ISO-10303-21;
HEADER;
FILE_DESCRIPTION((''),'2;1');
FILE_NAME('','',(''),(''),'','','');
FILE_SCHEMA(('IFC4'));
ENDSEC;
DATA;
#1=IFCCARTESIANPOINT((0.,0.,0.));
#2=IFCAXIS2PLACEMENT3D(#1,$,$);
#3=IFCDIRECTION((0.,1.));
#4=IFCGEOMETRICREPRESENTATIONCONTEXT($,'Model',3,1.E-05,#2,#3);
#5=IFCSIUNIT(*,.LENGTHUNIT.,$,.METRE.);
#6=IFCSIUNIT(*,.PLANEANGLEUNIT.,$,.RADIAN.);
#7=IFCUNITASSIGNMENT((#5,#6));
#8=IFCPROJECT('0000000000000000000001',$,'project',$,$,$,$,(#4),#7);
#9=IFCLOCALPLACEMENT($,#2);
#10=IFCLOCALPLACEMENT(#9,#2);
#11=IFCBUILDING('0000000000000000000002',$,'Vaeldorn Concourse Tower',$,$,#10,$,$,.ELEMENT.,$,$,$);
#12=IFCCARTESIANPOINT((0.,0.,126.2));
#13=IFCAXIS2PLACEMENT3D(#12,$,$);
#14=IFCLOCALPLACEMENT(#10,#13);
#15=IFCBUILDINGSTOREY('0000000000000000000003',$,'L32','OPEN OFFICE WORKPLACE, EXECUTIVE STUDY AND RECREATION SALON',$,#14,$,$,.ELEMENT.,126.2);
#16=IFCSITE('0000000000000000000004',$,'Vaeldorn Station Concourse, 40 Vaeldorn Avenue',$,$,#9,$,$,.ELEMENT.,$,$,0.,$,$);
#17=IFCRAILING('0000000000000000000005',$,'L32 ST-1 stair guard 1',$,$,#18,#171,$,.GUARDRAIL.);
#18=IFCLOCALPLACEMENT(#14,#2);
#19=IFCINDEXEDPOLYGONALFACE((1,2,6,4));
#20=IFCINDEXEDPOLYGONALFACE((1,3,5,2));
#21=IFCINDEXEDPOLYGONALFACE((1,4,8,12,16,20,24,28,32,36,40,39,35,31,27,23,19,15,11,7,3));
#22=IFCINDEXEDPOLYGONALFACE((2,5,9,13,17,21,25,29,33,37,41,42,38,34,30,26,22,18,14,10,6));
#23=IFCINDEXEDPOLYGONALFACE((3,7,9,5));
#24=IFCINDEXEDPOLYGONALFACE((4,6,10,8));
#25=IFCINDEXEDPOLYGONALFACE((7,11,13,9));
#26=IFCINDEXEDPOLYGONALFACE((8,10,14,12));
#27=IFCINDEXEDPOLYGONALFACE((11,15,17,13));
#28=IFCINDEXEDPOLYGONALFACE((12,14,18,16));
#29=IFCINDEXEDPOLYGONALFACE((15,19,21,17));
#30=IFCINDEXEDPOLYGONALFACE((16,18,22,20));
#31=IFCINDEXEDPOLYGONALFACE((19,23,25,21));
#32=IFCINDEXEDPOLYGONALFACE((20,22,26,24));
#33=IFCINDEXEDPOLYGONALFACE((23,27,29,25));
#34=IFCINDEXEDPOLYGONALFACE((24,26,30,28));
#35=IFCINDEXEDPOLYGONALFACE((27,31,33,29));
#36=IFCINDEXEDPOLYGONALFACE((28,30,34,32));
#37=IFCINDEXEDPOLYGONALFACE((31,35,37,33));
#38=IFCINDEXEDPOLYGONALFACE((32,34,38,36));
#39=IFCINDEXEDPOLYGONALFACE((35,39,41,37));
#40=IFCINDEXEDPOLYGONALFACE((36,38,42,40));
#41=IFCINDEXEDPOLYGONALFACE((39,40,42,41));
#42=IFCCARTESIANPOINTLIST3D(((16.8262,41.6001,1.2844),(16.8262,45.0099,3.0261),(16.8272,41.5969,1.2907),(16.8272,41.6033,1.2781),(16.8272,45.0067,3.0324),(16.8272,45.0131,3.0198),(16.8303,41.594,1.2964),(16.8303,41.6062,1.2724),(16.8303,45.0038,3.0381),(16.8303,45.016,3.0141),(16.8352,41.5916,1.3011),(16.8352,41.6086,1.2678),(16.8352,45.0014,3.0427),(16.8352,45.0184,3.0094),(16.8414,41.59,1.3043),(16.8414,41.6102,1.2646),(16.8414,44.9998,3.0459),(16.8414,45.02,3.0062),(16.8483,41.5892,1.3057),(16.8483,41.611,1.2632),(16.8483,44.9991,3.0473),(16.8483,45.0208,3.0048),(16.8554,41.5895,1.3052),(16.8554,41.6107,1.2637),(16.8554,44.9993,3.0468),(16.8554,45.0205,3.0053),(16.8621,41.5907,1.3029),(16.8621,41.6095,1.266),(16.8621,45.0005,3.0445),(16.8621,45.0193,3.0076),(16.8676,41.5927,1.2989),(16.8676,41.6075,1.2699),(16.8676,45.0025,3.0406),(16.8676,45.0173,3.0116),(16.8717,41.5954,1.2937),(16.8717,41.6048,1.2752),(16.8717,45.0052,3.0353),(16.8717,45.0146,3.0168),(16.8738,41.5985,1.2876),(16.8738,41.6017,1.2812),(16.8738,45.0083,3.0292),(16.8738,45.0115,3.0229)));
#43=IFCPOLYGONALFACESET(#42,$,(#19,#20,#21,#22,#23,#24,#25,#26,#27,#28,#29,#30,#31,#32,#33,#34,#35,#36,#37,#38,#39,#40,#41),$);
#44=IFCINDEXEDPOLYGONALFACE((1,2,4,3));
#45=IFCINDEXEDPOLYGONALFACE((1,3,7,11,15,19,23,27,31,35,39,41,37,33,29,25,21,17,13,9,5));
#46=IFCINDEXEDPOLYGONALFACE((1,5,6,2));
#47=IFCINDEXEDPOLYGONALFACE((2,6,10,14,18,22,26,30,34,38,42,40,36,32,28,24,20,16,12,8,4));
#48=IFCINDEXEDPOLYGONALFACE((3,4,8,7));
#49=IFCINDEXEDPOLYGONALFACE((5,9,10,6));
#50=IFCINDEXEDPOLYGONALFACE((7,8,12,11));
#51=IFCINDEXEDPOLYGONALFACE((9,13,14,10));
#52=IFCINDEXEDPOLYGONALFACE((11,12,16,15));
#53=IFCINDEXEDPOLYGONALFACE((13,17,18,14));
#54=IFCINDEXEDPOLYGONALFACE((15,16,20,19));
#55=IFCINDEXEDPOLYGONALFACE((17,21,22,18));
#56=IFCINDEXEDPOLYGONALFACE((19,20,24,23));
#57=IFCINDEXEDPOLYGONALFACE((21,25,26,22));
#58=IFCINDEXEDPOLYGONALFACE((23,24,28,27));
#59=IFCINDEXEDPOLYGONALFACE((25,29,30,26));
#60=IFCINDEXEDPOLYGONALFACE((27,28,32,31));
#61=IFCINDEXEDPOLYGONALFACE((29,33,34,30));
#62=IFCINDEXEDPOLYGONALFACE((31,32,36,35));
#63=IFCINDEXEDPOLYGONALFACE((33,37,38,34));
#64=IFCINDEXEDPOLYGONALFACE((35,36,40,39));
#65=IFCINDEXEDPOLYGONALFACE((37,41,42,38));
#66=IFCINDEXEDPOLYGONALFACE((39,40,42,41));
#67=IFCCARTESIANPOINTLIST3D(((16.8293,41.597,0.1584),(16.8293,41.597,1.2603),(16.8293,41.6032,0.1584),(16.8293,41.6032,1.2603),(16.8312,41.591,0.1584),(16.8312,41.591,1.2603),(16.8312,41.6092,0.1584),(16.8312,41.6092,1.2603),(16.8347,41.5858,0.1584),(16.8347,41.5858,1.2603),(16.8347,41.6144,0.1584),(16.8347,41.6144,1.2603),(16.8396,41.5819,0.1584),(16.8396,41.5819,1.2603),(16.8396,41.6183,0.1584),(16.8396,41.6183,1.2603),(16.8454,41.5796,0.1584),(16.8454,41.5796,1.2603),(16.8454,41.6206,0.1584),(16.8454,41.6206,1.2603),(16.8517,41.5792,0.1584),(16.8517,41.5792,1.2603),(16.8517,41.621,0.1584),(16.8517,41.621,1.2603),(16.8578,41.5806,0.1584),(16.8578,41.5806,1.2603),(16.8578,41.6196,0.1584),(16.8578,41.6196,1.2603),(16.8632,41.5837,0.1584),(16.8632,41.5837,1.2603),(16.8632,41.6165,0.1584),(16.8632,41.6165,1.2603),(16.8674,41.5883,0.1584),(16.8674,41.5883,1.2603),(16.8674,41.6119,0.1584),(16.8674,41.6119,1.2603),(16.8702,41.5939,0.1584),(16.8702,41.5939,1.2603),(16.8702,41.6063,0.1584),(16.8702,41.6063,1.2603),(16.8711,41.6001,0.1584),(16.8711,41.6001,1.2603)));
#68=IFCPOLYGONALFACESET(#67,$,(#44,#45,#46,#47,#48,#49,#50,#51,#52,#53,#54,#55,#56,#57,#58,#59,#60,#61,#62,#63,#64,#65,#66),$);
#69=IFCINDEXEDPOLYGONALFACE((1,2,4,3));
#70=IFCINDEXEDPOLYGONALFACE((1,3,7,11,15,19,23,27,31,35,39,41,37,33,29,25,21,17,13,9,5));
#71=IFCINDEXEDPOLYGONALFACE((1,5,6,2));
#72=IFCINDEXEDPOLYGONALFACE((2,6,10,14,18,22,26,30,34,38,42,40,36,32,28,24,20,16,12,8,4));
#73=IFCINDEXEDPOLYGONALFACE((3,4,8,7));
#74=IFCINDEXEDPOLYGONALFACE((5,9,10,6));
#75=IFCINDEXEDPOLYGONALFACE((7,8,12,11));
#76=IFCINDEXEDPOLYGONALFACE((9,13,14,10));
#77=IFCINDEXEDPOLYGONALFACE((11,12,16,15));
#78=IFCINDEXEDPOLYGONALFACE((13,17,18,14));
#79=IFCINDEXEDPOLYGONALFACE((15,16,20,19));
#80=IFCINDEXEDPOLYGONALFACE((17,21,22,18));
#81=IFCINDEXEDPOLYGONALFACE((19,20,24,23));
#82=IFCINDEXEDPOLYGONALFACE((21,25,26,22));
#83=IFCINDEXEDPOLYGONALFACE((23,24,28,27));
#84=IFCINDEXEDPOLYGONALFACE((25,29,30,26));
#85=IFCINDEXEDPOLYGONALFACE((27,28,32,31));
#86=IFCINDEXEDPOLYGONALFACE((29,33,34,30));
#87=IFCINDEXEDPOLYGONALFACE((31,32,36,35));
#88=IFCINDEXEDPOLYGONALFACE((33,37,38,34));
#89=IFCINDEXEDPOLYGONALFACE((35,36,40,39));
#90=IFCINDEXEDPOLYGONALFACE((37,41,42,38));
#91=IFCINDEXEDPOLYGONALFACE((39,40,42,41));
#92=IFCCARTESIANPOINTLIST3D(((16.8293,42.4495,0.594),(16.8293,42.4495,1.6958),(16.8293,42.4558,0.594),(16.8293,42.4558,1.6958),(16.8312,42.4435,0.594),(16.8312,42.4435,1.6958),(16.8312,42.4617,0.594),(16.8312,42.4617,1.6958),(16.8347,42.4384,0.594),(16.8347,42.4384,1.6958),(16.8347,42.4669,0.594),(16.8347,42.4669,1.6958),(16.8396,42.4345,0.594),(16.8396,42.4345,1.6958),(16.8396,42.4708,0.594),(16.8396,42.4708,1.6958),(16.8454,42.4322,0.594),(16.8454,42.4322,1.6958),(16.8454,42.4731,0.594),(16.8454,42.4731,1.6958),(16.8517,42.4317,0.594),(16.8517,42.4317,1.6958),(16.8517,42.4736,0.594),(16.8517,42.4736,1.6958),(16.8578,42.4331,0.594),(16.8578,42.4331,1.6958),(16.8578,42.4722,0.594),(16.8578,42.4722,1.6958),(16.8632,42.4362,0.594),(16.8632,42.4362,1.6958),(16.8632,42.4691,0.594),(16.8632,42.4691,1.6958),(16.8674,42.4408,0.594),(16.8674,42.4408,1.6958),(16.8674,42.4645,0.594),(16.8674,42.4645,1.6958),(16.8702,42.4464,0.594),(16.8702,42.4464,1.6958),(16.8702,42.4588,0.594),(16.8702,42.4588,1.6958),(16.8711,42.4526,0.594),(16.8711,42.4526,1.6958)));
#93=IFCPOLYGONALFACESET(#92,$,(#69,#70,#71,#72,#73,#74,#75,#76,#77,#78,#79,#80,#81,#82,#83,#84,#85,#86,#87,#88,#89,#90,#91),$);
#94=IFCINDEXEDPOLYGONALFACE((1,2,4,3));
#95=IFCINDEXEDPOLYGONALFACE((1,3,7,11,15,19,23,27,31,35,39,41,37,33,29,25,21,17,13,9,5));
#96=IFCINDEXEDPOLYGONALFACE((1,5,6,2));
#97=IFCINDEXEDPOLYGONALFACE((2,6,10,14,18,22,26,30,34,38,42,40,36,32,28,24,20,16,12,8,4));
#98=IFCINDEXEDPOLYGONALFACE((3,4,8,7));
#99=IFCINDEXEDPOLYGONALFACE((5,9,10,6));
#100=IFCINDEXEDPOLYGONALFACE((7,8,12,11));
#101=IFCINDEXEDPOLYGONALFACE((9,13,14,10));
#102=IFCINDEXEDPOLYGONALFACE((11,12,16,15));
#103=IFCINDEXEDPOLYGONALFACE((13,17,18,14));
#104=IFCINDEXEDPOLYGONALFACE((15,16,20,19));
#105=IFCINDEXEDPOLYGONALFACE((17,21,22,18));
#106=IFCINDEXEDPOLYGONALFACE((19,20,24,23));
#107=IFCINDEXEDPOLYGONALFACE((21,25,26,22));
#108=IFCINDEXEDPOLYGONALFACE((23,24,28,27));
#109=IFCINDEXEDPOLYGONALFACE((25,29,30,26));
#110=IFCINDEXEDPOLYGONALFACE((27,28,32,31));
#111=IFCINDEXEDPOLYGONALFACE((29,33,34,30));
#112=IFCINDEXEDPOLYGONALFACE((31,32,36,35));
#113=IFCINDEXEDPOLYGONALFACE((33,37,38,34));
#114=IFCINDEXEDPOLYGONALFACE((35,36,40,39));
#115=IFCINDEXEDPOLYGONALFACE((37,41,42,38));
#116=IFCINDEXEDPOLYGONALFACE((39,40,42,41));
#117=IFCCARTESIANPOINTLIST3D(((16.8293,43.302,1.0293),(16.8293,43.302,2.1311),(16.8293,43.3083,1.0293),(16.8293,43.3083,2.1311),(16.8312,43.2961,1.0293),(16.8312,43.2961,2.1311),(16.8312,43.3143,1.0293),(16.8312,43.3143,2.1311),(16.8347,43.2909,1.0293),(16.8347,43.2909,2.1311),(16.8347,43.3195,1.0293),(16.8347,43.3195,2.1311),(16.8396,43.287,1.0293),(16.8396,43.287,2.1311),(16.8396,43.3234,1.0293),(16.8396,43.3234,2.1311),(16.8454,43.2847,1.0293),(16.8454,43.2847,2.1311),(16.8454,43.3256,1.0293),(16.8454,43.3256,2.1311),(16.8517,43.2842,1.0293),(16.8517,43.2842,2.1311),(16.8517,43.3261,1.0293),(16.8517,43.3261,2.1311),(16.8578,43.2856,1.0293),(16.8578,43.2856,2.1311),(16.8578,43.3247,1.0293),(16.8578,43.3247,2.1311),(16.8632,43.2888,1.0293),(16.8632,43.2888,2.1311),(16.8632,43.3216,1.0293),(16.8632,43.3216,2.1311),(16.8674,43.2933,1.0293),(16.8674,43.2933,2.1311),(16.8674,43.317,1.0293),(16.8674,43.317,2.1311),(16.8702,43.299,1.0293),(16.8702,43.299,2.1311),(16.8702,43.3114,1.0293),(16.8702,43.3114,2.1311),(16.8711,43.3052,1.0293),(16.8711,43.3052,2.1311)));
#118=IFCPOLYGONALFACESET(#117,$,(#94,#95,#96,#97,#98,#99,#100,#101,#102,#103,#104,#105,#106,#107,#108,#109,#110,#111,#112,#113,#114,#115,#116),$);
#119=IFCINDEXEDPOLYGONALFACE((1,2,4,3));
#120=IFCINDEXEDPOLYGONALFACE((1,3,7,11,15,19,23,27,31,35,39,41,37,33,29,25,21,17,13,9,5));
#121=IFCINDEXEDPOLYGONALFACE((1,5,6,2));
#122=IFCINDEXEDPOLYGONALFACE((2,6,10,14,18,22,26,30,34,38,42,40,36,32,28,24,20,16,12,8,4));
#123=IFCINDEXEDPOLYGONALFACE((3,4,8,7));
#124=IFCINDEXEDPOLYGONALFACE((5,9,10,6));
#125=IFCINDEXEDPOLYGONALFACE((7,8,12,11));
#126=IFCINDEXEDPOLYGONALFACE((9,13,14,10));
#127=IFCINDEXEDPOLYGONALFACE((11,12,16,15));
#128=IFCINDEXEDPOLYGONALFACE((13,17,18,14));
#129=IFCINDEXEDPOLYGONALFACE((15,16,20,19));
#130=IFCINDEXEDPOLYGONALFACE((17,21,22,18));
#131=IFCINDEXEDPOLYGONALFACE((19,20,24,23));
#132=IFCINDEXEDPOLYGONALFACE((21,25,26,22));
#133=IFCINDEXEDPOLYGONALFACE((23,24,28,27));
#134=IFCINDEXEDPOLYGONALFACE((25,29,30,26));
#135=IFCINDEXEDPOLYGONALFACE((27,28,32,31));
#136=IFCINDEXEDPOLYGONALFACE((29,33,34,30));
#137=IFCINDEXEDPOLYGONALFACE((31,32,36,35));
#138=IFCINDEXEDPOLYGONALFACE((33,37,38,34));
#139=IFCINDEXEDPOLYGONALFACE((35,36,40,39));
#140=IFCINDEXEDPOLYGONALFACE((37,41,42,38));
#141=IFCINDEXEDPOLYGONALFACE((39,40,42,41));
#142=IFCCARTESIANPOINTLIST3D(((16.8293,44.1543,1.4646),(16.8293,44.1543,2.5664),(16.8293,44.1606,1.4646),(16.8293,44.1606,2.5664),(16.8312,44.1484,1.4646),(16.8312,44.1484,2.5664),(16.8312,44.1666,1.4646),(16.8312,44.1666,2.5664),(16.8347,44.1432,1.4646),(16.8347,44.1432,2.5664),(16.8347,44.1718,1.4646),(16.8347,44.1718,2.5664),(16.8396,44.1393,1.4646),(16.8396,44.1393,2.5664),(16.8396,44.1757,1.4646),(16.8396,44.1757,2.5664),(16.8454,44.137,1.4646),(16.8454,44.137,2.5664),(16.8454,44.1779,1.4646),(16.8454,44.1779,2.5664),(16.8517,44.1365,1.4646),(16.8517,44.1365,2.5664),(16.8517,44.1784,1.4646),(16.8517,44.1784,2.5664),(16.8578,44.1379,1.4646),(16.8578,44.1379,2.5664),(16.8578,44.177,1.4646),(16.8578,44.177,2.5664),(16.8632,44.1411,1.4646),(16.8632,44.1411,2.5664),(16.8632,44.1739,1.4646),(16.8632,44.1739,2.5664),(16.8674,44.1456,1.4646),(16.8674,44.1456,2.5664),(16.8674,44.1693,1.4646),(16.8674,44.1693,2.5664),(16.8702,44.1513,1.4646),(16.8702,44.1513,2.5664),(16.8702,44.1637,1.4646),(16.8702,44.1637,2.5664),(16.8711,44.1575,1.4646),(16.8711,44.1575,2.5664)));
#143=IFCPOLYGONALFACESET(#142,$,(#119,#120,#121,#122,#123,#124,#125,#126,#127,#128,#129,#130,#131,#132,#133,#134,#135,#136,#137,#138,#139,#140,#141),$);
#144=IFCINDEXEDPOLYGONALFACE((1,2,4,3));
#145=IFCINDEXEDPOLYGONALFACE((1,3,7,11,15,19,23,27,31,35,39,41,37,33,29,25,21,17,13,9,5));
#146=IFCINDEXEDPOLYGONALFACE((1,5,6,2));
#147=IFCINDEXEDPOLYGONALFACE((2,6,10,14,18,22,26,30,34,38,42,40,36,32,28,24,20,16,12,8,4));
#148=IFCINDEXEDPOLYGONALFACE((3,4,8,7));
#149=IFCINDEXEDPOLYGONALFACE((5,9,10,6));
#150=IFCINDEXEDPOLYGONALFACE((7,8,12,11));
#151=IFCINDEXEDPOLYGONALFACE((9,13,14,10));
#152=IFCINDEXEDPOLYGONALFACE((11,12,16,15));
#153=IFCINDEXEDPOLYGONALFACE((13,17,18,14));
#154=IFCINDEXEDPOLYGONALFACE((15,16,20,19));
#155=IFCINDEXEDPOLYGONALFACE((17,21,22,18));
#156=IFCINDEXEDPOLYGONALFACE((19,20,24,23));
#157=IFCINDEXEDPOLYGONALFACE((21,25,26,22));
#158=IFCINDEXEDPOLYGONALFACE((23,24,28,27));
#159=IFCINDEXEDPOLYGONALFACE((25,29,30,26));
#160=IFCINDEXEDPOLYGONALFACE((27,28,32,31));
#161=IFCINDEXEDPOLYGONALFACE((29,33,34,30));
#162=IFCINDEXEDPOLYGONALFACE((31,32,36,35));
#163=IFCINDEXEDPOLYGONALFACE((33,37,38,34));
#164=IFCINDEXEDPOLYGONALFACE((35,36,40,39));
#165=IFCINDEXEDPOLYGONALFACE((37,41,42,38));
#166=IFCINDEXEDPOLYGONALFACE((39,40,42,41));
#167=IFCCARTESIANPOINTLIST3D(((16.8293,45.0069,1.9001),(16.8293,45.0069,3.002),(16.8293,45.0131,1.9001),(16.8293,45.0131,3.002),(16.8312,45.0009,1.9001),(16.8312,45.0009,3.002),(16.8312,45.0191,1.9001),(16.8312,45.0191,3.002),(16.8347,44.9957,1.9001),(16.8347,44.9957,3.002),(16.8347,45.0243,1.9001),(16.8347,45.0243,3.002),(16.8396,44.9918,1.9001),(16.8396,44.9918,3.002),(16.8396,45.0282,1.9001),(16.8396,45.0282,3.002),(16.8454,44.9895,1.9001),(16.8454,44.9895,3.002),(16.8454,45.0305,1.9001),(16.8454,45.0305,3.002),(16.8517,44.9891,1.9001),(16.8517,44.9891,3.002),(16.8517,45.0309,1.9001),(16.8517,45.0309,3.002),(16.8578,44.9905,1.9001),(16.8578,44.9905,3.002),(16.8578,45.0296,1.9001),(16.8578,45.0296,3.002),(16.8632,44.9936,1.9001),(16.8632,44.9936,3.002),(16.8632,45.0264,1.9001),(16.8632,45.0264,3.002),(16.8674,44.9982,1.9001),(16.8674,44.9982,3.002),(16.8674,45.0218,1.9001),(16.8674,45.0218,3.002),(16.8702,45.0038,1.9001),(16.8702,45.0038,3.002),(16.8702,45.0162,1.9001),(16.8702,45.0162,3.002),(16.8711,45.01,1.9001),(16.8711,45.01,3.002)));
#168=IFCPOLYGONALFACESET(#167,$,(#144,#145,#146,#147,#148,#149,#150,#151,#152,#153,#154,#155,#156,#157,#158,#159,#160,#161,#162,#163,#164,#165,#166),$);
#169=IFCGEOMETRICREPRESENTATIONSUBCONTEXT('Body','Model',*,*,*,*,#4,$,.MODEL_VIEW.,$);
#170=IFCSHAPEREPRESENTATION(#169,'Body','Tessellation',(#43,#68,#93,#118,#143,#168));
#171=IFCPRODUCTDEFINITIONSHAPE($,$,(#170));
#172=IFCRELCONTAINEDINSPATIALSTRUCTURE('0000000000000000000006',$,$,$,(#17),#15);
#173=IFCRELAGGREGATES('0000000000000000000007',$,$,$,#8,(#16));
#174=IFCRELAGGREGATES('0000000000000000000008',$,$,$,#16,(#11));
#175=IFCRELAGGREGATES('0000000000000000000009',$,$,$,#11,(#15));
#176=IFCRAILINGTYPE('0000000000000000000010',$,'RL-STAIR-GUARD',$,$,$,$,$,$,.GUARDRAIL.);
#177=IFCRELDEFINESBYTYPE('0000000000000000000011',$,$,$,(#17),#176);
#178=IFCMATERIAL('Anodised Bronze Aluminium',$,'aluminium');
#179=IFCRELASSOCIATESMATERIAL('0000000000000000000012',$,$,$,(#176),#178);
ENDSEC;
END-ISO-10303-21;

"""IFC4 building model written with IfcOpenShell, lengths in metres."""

from ifc_helpers import new_model, si_unit, direction, frame, origin, origin_2d, place, context, subcontext, project, spatial, circle, extrude, material, type_object, element, save


model = new_model("IFC4")

# Units and contexts
model_context = context("Model", 3, precision=1e-05, world=origin(), true_north=direction((0.0, 1.0)))
body_context = subcontext(model_context, "Body", "Model", "MODEL_VIEW")
ifc_project = project(units=[si_unit("LENGTHUNIT", "METRE"), si_unit("PLANEANGLEUNIT", "RADIAN")], contexts=[model_context])

# Site, building, storey
site_placement = place(None, origin())
site = spatial("IfcSite", under=ifc_project, at=site_placement, Name="Vaeldorn Station Concourse, 40 Vaeldorn Avenue", CompositionType="ELEMENT", RefElevation=0.0)
building_placement = place(site_placement, origin())
building = spatial("IfcBuilding", under=site, at=building_placement, Name="Vaeldorn Concourse Tower", CompositionType="ELEMENT")
storey_placement = place(building_placement, frame((0.0, 0.0, 126.2)))
storey = spatial("IfcBuildingStorey", under=building, at=storey_placement, Name="L32", Description="OPEN OFFICE WORKPLACE, EXECUTIVE STUDY AND RECREATION SALON", CompositionType="ELEMENT", Elevation=126.2)

# Shared definitions
ifc_material_1 = material(Name="Anodised Bronze Aluminium", Category="aluminium")

# Railing
railing_type_1 = type_object("IfcRailingType", Name="RL-STAIR-GUARD", PredefinedType="GUARDRAIL", material=ifc_material_1)
railing_1_placement = place(storey_placement, frame((16.8501, 41.6001, 0.1584)))
element("IfcRailing", 1, at=railing_1_placement, inside=storey, type_object=railing_type_1, Name="L32 ST-1 stair guard 1", PredefinedType="GUARDRAIL", context=body_context, shape_type="SweptSolid", body=[
    extrude(circle(Radius=0.0239, at=origin_2d()), frame((0.0, 0.0, 1.126), z_axis=(0.0, 0.890556, 0.454874), x_axis=(-1.0, 0.0, 0.0)), (0.0, 0.0, 1.0), 3.8289),
    extrude(circle(Radius=0.021, at=origin_2d()), origin(), (0.0, 0.0, 1.0), 1.1018),
    extrude(circle(Radius=0.021, at=origin_2d()), frame((0.0, 0.8525, 0.4355)), (0.0, 0.0, 1.0), 1.1018),
    extrude(circle(Radius=0.021, at=origin_2d()), frame((0.0, 1.7051, 0.8708)), (0.0, 0.0, 1.0), 1.1018),
    extrude(circle(Radius=0.021, at=origin_2d()), frame((0.0, 2.5574, 1.3062)), (0.0, 0.0, 1.0), 1.1018),
    extrude(circle(Radius=0.021, at=origin_2d()), frame((0.0, 3.4099, 1.7417)), (0.0, 0.0, 1.0), 1.1018),
])

save(model, "model.ifc")
